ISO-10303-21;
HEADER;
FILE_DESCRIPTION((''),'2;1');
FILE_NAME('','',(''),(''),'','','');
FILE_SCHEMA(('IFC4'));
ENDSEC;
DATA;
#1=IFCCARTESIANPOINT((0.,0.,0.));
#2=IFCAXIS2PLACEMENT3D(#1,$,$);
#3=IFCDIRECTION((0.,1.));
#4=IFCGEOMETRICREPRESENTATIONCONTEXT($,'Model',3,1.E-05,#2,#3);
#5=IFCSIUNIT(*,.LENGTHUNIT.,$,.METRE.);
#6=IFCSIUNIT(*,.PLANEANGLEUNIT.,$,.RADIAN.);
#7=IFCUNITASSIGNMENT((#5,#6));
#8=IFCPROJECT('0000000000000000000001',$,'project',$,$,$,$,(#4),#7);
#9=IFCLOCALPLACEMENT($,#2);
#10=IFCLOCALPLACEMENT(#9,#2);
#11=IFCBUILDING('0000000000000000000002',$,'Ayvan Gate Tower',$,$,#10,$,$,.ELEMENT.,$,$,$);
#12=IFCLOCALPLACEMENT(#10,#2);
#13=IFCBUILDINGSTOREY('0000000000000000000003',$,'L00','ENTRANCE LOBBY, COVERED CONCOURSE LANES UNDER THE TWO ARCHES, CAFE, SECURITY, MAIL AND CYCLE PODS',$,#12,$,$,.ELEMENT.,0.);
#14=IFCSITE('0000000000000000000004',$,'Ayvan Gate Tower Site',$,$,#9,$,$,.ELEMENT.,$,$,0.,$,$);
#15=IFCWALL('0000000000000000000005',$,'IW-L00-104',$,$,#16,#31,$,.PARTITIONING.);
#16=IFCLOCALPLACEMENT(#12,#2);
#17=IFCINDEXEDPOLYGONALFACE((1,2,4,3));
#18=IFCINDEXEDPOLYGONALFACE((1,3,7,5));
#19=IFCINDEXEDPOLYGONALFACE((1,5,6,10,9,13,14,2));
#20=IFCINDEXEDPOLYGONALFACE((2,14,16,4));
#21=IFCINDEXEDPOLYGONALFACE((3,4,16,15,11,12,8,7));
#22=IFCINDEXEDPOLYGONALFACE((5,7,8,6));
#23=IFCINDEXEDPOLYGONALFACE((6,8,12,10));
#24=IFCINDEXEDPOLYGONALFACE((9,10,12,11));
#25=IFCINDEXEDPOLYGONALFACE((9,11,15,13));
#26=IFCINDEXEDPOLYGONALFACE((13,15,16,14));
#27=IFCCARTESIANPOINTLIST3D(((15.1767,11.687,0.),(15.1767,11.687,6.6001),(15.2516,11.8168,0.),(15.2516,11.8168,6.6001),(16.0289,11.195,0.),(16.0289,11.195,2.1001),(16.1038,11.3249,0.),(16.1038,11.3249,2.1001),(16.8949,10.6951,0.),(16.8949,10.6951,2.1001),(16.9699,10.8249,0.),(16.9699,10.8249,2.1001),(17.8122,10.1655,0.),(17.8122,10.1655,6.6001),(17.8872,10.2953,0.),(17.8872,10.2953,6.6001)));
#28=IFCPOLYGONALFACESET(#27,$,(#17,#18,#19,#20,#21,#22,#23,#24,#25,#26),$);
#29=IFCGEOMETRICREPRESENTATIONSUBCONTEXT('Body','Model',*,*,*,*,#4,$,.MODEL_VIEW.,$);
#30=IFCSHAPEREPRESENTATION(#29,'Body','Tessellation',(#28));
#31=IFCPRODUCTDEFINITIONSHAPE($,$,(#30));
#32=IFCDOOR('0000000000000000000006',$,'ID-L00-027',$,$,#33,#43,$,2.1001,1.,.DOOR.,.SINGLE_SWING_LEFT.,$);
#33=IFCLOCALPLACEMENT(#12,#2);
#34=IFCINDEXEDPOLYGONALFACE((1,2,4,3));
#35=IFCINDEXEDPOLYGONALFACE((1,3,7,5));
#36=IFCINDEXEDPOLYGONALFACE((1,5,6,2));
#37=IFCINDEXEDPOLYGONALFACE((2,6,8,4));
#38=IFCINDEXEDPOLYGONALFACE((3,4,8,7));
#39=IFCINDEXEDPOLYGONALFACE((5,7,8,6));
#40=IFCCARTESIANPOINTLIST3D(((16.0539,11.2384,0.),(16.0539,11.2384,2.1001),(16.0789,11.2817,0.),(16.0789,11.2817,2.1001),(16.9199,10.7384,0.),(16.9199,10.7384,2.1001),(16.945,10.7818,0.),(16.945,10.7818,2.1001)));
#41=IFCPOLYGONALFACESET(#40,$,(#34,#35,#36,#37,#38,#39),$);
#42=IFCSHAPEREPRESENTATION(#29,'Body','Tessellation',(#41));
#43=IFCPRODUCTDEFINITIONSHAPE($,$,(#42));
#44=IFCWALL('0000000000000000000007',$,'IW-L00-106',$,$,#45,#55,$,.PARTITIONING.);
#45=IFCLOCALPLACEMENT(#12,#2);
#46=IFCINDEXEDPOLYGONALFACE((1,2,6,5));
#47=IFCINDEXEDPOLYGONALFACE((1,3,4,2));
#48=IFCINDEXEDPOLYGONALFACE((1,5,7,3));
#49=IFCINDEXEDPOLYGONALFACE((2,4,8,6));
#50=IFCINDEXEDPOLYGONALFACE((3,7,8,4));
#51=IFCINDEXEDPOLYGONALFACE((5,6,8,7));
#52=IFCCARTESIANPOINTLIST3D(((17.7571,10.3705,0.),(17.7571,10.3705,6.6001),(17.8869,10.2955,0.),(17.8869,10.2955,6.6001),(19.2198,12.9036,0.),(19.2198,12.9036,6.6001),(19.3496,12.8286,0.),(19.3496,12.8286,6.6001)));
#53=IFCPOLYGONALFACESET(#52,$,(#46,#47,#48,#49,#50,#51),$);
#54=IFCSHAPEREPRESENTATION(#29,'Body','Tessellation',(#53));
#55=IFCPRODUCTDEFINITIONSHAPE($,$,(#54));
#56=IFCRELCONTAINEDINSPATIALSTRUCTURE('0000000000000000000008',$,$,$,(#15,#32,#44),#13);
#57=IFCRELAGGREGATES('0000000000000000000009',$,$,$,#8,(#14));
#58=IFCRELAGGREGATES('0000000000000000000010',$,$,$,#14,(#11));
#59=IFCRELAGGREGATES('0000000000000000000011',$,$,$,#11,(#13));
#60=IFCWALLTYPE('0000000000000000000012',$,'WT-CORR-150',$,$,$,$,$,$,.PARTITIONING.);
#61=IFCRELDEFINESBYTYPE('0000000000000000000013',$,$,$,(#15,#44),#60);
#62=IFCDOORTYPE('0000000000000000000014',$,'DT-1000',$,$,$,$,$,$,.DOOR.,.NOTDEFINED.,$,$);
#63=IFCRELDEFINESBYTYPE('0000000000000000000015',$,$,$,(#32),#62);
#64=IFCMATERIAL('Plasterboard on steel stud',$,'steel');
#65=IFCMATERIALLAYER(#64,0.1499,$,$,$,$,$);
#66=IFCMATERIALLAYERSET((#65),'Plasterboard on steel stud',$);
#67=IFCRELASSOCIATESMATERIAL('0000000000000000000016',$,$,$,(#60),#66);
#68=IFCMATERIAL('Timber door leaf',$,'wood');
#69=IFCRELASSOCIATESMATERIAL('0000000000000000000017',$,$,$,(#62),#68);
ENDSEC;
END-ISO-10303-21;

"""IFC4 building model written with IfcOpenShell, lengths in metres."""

from ifc_helpers import new_model, si_unit, direction, frame, frame_2d, origin, place, context, subcontext, project, spatial, rectangle, extrude, material, layer, layer_set, type_object, element, fill, save


model = new_model("IFC4")

# Units and contexts
model_context = context("Model", 3, precision=1e-05, world=origin(), true_north=direction((0.0, 1.0)))
body_context = subcontext(model_context, "Body", "Model", "MODEL_VIEW")
ifc_project = project(units=[si_unit("LENGTHUNIT", "METRE"), si_unit("PLANEANGLEUNIT", "RADIAN")], contexts=[model_context])

# Site, building, storey
site_placement = place(None, origin())
site = spatial("IfcSite", under=ifc_project, at=site_placement, Name="Ayvan Gate Tower Site", CompositionType="ELEMENT", RefElevation=0.0)
building_placement = place(site_placement, origin())
building = spatial("IfcBuilding", under=site, at=building_placement, Name="Ayvan Gate Tower", CompositionType="ELEMENT")
storey_placement = place(building_placement, origin())
storey = spatial("IfcBuildingStorey", under=building, at=storey_placement, Name="L00", Description="ENTRANCE LOBBY, COVERED CONCOURSE LANES UNDER THE TWO ARCHES, CAFE, SECURITY, MAIL AND CYCLE PODS", CompositionType="ELEMENT", Elevation=0.0)

# Wall, opening, door
ifc_material_1 = material(Name="Plasterboard on steel stud", Category="steel")
ifc_layer_1 = layer(ifc_material_1, 0.1499)
ifc_layer_set_1 = layer_set([ifc_layer_1], Name="Plasterboard on steel stud")
wall_type_1 = type_object("IfcWallType", Name="WT-CORR-150", PredefinedType="PARTITIONING", material=ifc_layer_set_1)
wall_1_placement = place(storey_placement, frame((17.8496, 10.2305, 0.0), z_axis=(0.0, 0.0, 1.0), x_axis=(-0.866043, 0.49997, 0.0)))
wall_1 = element("IfcWall", 1, at=wall_1_placement, inside=storey, type_object=wall_type_1, Name="IW-L00-104", PredefinedType="PARTITIONING", context=body_context, shape_type="SweptSolid", body=[
    extrude(rectangle(XDim=3.0432, YDim=0.1499, at=frame_2d((1.5215, 0.0))), origin(), (0.0, 0.0, 1.0), 6.6001),
])
opening_placement = place(wall_1_placement, frame((1.0591, 0.0, 0.0)))
opening = element("IfcOpeningElement", 2, at=opening_placement, cuts=wall_1, PredefinedType="OPENING", context=body_context, shape_type="SweptSolid", body=[
    extrude(rectangle(XDim=1.0, YDim=2.1001, at=frame_2d((0.5, 1.05))), frame((0.0, 0.085, 0.0), z_axis=(0.0, -1.0, 0.0), x_axis=(1.0, 0.0, 0.0)), (0.0, 0.0, 1.0), 0.1699),
])
ifc_material_2 = material(Name="Timber door leaf", Category="wood")
door_type = type_object("IfcDoorType", Name="DT-1000", OperationType="NOTDEFINED", PredefinedType="DOOR", material=ifc_material_2)
door_placement = place(opening_placement, origin())
door = element("IfcDoor", 3, at=door_placement, inside=storey, type_object=door_type, Name="ID-L00-027", OperationType="SINGLE_SWING_LEFT", OverallHeight=2.1001, OverallWidth=1.0, PredefinedType="DOOR", context=body_context, shape_type="SweptSolid", body=[
    extrude(rectangle(XDim=1.0, YDim=2.1001, at=frame_2d((0.5, 1.05))), frame((0.0, 0.0249, 0.0), z_axis=(0.0, -1.0, 0.0), x_axis=(1.0, 0.0, 0.0)), (0.0, 0.0, 1.0), 0.05),
])
fill(opening, door)

# Wall
wall_2_placement = place(storey_placement, frame((19.2847, 12.866, 0.0), z_axis=(0.0, 0.0, 1.0), x_axis=(-0.500062, -0.86599, 0.0)))
element("IfcWall", 4, at=wall_2_placement, inside=storey, type_object=wall_type_1, Name="IW-L00-106", PredefinedType="PARTITIONING", context=body_context, shape_type="SweptSolid", body=[
    extrude(rectangle(XDim=2.925, YDim=0.1499, at=frame_2d((1.4624, 0.0))), origin(), (0.0, 0.0, 1.0), 6.6001),
])

save(model, "model.ifc")
